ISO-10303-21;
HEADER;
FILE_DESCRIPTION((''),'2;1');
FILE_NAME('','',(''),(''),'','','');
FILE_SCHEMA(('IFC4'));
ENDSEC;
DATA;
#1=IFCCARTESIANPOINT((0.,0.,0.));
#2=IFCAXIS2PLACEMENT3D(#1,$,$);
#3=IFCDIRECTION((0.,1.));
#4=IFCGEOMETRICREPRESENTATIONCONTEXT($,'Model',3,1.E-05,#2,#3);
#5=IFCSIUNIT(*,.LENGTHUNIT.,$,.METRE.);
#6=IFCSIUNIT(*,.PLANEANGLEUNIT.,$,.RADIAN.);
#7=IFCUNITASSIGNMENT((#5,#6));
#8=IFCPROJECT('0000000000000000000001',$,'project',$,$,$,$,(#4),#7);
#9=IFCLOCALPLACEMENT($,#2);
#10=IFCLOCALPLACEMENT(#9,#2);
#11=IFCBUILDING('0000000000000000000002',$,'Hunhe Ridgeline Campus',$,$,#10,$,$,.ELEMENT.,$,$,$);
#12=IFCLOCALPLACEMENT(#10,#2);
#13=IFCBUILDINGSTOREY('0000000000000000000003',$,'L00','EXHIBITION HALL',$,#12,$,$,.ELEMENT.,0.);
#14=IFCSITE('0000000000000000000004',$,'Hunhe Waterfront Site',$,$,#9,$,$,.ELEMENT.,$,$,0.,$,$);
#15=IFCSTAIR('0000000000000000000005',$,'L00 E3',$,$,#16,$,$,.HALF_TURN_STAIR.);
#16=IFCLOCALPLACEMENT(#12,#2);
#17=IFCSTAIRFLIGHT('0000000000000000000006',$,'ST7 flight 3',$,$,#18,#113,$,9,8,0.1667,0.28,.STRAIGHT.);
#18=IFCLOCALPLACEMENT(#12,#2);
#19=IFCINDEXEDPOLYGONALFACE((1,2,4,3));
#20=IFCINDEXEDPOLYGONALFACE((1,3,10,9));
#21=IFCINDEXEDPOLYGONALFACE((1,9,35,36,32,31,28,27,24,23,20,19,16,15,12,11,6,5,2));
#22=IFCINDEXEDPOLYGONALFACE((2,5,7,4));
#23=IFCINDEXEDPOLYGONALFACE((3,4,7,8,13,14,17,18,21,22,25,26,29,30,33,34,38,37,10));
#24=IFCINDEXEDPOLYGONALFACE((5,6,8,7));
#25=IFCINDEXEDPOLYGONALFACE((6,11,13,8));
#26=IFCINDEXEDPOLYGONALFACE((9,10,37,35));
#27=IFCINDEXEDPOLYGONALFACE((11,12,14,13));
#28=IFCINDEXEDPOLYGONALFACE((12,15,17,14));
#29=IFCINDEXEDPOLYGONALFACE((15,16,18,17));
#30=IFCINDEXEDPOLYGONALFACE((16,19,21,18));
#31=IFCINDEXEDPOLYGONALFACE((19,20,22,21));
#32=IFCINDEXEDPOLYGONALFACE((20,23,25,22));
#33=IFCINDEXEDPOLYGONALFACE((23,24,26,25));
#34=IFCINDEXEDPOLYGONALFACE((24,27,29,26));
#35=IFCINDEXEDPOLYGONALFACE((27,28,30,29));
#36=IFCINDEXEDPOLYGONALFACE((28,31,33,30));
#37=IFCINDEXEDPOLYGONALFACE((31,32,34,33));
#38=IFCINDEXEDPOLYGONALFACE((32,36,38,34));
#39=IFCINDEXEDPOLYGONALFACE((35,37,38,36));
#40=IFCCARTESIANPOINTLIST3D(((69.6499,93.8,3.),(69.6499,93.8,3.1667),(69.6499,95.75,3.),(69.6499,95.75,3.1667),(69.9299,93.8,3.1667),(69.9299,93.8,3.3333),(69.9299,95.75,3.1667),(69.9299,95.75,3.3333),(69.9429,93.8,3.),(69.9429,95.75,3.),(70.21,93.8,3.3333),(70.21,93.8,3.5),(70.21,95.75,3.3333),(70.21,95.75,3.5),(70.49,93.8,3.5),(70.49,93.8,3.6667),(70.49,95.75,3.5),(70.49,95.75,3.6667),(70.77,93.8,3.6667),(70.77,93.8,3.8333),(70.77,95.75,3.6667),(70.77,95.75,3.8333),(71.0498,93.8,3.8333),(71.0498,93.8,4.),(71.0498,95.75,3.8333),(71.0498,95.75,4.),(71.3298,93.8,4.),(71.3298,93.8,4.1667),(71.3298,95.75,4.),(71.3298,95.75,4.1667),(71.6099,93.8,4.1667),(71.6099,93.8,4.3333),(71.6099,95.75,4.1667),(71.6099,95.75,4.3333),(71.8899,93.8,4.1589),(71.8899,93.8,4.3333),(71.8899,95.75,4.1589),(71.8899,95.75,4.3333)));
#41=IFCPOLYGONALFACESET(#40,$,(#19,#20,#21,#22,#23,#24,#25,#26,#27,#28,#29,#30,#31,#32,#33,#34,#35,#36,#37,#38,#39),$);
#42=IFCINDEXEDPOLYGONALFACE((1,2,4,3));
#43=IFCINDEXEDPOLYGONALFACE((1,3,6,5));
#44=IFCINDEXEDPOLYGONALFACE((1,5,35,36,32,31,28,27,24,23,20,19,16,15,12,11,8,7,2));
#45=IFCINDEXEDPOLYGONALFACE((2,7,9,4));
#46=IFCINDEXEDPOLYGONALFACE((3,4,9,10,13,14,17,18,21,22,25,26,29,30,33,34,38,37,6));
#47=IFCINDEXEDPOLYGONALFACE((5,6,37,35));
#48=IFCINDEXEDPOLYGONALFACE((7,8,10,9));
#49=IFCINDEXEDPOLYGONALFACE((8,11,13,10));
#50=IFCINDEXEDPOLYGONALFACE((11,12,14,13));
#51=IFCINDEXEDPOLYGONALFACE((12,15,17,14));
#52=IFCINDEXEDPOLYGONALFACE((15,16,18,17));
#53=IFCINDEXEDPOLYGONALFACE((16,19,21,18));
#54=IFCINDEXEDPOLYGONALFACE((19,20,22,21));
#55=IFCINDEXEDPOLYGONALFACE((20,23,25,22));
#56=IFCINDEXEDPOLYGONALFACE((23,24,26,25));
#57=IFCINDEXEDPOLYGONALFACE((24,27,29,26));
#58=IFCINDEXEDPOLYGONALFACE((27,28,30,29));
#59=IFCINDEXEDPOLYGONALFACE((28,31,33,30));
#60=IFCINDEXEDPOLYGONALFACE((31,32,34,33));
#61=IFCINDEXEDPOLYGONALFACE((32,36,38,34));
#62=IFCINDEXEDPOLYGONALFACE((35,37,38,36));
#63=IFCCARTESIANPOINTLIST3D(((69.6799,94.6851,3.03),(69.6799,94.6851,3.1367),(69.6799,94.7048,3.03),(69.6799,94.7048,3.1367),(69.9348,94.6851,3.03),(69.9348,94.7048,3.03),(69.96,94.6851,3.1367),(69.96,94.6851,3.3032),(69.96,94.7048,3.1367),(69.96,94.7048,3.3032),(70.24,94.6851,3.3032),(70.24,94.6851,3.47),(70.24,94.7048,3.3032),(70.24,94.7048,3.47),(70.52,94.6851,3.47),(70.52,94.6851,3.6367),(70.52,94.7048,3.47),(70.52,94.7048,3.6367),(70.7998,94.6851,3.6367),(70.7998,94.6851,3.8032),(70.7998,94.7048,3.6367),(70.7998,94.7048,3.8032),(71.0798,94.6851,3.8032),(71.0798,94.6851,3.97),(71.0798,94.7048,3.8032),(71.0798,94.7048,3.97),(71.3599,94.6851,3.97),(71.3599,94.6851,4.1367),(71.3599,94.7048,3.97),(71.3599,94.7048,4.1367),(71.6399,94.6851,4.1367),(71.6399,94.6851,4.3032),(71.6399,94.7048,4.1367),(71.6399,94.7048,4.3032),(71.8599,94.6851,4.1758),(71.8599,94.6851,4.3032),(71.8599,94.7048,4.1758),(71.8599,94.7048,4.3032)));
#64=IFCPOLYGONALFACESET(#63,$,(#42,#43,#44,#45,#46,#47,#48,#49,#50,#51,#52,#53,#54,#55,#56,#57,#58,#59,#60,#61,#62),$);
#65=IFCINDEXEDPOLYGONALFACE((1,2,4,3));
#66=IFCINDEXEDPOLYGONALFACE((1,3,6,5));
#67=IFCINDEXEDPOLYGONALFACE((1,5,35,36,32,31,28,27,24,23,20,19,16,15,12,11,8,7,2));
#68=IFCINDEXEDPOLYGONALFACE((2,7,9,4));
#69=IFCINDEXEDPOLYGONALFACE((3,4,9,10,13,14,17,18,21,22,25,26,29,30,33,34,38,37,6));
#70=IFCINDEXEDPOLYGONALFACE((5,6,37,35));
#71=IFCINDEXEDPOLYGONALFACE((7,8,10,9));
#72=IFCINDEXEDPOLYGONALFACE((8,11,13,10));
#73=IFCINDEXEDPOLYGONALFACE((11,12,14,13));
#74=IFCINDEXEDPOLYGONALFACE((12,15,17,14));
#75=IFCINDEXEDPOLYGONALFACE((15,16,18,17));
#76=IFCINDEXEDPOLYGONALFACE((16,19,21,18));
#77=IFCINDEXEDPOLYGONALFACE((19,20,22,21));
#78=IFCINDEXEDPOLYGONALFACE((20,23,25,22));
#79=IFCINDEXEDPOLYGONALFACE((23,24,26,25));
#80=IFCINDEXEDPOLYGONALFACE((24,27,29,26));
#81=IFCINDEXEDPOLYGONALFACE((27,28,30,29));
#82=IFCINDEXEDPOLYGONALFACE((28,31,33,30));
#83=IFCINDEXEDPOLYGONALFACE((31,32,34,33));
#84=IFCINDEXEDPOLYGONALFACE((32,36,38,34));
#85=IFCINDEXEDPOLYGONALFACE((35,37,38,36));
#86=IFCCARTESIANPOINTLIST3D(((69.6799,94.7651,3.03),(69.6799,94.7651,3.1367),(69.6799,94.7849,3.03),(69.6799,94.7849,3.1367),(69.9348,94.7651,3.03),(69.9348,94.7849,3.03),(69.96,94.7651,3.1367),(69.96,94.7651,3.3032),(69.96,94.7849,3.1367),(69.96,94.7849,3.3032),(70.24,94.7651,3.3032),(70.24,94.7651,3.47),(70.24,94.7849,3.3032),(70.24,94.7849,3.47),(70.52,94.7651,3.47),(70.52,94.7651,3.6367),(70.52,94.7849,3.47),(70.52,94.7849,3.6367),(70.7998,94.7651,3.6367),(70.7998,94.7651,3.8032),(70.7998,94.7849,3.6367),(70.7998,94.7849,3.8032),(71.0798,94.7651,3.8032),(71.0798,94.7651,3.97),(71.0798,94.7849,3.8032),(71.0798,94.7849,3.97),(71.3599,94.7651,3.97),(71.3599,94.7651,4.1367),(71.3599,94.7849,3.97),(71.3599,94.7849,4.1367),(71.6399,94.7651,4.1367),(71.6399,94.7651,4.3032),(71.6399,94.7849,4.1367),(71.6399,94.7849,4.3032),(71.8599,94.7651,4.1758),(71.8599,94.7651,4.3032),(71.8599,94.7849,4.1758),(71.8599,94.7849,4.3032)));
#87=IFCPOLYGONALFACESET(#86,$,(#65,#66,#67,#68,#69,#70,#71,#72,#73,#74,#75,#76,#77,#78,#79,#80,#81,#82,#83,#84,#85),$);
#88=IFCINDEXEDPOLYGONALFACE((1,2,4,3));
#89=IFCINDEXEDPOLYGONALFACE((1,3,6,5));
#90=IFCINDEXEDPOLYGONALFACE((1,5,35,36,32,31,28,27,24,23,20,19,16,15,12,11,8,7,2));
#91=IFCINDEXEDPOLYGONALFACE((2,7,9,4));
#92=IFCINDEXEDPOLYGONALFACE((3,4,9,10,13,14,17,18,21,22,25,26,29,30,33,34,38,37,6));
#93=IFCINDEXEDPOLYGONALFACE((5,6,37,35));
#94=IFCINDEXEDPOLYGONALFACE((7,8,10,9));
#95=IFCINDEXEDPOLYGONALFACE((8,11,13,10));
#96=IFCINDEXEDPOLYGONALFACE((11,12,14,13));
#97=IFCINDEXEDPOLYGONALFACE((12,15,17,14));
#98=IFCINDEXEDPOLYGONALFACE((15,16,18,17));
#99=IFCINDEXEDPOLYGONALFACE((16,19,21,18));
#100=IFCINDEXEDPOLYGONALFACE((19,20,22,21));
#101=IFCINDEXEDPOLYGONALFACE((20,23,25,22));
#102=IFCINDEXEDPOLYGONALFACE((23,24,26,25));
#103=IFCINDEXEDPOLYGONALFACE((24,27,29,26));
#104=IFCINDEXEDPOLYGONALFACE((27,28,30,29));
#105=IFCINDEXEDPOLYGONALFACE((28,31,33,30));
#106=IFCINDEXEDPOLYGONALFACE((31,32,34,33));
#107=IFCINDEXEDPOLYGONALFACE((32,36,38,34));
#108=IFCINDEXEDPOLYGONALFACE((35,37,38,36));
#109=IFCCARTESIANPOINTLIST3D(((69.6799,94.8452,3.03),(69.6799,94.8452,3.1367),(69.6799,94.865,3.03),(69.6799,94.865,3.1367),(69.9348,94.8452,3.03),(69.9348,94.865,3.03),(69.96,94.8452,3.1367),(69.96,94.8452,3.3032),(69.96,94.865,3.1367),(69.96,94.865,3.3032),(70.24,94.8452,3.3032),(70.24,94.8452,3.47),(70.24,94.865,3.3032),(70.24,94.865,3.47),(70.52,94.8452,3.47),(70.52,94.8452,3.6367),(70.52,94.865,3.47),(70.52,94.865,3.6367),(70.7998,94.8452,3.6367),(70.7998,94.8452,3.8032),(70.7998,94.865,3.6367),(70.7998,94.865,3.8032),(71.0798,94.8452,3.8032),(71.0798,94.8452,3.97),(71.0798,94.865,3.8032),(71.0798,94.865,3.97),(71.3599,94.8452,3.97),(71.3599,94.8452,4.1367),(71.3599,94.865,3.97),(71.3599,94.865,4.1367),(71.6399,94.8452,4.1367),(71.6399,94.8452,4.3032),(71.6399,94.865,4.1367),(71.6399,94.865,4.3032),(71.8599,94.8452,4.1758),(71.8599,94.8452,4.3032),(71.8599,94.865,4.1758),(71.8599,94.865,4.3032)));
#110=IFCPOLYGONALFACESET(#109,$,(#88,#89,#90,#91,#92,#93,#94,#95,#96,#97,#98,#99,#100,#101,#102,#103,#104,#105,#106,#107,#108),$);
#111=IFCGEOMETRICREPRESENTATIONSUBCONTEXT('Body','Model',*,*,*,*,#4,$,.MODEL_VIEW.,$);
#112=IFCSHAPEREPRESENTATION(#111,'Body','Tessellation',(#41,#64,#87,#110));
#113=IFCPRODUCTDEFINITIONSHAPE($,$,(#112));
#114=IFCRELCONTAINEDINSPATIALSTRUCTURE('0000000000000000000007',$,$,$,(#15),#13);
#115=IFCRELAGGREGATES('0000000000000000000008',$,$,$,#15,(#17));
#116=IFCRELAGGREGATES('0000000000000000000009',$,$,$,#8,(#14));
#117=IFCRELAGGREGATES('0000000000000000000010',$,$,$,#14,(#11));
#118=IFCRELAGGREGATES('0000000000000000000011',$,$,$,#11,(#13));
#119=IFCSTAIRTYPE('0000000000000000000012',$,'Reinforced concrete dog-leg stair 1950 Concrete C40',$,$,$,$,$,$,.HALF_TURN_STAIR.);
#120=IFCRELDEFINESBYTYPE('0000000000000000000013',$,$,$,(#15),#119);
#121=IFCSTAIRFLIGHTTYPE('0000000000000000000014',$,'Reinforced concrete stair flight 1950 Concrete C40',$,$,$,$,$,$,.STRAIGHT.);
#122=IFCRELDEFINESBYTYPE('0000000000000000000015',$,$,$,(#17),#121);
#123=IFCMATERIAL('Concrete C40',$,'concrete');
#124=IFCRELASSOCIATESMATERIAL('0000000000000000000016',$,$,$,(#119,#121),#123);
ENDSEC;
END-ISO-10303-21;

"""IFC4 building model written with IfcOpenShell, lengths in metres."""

from ifc_helpers import new_model, si_unit, direction, frame, origin, place, context, subcontext, project, spatial, polyline, outline, extrude, material, type_object, element, aggregate, save


model = new_model("IFC4")

# Units and contexts
model_context = context("Model", 3, precision=1e-05, world=origin(), true_north=direction((0.0, 1.0)))
body_context = subcontext(model_context, "Body", "Model", "MODEL_VIEW")
ifc_project = project(units=[si_unit("LENGTHUNIT", "METRE"), si_unit("PLANEANGLEUNIT", "RADIAN")], contexts=[model_context])

# Site, building, storey
site_placement = place(None, origin())
site = spatial("IfcSite", under=ifc_project, at=site_placement, Name="Hunhe Waterfront Site", CompositionType="ELEMENT", RefElevation=0.0)
building_placement = place(site_placement, origin())
building = spatial("IfcBuilding", under=site, at=building_placement, Name="Hunhe Ridgeline Campus", CompositionType="ELEMENT")
storey_placement = place(building_placement, origin())
storey = spatial("IfcBuildingStorey", under=building, at=storey_placement, Name="L00", Description="EXHIBITION HALL", CompositionType="ELEMENT", Elevation=0.0)

# Stair, stair flight
ifc_material_1 = material(Name="Concrete C40", Category="concrete")
stair_type = type_object("IfcStairType", Name="Reinforced concrete dog-leg stair 1950 Concrete C40", PredefinedType="HALF_TURN_STAIR", material=ifc_material_1)
stair_flight_type = type_object("IfcStairFlightType", Name="Reinforced concrete stair flight 1950 Concrete C40", PredefinedType="STRAIGHT", material=ifc_material_1)
stair_1_placement = place(storey_placement, origin())
stair_1 = element("IfcStair", 1, at=stair_1_placement, inside=storey, type_object=stair_type, Name="L00 E3", PredefinedType="HALF_TURN_STAIR")
stair_flight_1_placement = place(storey_placement, frame((69.6499, 94.7749, 3.0), z_axis=(0.0, 0.0, 1.0), x_axis=(1.0, 0.0, 0.0)))
stair_flight_1 = element("IfcStairFlight", 2, at=stair_flight_1_placement, type_object=stair_flight_type, Name="ST7 flight 3", NumberOfRisers=9, NumberOfTreads=8, PredefinedType="STRAIGHT", RiserHeight=0.1667, TreadLength=0.28, context=body_context, shape_type="SweptSolid", body=[
    extrude(outline(polyline([(0.0, 0.0), (0.0, 0.1667), (0.28, 0.1667), (0.28, 0.3333), (0.5601, 0.3333), (0.5601, 0.5), (0.8401, 0.5), (0.8401, 0.6667), (1.1201, 0.6667), (1.1201, 0.8333), (1.3999, 0.8333), (1.3999, 1.0), (1.6799, 1.0), (1.6799, 1.1667), (1.96, 1.1667), (1.96, 1.3333), (2.24, 1.3333), (2.24, 1.5), (2.24, 1.1589), (0.293, 0.0), (0.0, 0.0)])), frame((0.0, 0.9751, 0.0), z_axis=(0.0, -1.0, 0.0), x_axis=(1.0, 0.0, 0.0)), (0.0, 0.0, 1.0), 1.95),
    extrude(outline(polyline([(0.03, 0.03), (0.03, 0.1367), (0.3101, 0.1367), (0.3101, 0.3032), (0.5901, 0.3032), (0.5901, 0.47), (0.8701, 0.47), (0.8701, 0.6367), (1.1499, 0.6367), (1.1499, 0.8032), (1.4299, 0.8032), (1.4299, 0.97), (1.71, 0.97), (1.71, 1.1367), (1.99, 1.1367), (1.99, 1.3032), (2.21, 1.3032), (2.21, 1.1758), (0.2849, 0.03), (0.03, 0.03)])), frame((0.0, -0.0701, 0.0), z_axis=(0.0, -1.0, 0.0), x_axis=(1.0, 0.0, 0.0)), (0.0, 0.0, 1.0), 0.0198),
    extrude(outline(polyline([(0.03, 0.03), (0.03, 0.1367), (0.3101, 0.1367), (0.3101, 0.3032), (0.5901, 0.3032), (0.5901, 0.47), (0.8701, 0.47), (0.8701, 0.6367), (1.1499, 0.6367), (1.1499, 0.8032), (1.4299, 0.8032), (1.4299, 0.97), (1.71, 0.97), (1.71, 1.1367), (1.99, 1.1367), (1.99, 1.3032), (2.21, 1.3032), (2.21, 1.1758), (0.2849, 0.03), (0.03, 0.03)])), frame((0.0, 0.01, 0.0), z_axis=(0.0, -1.0, 0.0), x_axis=(1.0, 0.0, 0.0)), (0.0, 0.0, 1.0), 0.0198),
    extrude(outline(polyline([(0.03, 0.03), (0.03, 0.1367), (0.3101, 0.1367), (0.3101, 0.3032), (0.5901, 0.3032), (0.5901, 0.47), (0.8701, 0.47), (0.8701, 0.6367), (1.1499, 0.6367), (1.1499, 0.8032), (1.4299, 0.8032), (1.4299, 0.97), (1.71, 0.97), (1.71, 1.1367), (1.99, 1.1367), (1.99, 1.3032), (2.21, 1.3032), (2.21, 1.1758), (0.2849, 0.03), (0.03, 0.03)])), frame((0.0, 0.0901, 0.0), z_axis=(0.0, -1.0, 0.0), x_axis=(1.0, 0.0, 0.0)), (0.0, 0.0, 1.0), 0.0198),
])
aggregate(stair_1, [stair_flight_1])

save(model, "model.ifc")
